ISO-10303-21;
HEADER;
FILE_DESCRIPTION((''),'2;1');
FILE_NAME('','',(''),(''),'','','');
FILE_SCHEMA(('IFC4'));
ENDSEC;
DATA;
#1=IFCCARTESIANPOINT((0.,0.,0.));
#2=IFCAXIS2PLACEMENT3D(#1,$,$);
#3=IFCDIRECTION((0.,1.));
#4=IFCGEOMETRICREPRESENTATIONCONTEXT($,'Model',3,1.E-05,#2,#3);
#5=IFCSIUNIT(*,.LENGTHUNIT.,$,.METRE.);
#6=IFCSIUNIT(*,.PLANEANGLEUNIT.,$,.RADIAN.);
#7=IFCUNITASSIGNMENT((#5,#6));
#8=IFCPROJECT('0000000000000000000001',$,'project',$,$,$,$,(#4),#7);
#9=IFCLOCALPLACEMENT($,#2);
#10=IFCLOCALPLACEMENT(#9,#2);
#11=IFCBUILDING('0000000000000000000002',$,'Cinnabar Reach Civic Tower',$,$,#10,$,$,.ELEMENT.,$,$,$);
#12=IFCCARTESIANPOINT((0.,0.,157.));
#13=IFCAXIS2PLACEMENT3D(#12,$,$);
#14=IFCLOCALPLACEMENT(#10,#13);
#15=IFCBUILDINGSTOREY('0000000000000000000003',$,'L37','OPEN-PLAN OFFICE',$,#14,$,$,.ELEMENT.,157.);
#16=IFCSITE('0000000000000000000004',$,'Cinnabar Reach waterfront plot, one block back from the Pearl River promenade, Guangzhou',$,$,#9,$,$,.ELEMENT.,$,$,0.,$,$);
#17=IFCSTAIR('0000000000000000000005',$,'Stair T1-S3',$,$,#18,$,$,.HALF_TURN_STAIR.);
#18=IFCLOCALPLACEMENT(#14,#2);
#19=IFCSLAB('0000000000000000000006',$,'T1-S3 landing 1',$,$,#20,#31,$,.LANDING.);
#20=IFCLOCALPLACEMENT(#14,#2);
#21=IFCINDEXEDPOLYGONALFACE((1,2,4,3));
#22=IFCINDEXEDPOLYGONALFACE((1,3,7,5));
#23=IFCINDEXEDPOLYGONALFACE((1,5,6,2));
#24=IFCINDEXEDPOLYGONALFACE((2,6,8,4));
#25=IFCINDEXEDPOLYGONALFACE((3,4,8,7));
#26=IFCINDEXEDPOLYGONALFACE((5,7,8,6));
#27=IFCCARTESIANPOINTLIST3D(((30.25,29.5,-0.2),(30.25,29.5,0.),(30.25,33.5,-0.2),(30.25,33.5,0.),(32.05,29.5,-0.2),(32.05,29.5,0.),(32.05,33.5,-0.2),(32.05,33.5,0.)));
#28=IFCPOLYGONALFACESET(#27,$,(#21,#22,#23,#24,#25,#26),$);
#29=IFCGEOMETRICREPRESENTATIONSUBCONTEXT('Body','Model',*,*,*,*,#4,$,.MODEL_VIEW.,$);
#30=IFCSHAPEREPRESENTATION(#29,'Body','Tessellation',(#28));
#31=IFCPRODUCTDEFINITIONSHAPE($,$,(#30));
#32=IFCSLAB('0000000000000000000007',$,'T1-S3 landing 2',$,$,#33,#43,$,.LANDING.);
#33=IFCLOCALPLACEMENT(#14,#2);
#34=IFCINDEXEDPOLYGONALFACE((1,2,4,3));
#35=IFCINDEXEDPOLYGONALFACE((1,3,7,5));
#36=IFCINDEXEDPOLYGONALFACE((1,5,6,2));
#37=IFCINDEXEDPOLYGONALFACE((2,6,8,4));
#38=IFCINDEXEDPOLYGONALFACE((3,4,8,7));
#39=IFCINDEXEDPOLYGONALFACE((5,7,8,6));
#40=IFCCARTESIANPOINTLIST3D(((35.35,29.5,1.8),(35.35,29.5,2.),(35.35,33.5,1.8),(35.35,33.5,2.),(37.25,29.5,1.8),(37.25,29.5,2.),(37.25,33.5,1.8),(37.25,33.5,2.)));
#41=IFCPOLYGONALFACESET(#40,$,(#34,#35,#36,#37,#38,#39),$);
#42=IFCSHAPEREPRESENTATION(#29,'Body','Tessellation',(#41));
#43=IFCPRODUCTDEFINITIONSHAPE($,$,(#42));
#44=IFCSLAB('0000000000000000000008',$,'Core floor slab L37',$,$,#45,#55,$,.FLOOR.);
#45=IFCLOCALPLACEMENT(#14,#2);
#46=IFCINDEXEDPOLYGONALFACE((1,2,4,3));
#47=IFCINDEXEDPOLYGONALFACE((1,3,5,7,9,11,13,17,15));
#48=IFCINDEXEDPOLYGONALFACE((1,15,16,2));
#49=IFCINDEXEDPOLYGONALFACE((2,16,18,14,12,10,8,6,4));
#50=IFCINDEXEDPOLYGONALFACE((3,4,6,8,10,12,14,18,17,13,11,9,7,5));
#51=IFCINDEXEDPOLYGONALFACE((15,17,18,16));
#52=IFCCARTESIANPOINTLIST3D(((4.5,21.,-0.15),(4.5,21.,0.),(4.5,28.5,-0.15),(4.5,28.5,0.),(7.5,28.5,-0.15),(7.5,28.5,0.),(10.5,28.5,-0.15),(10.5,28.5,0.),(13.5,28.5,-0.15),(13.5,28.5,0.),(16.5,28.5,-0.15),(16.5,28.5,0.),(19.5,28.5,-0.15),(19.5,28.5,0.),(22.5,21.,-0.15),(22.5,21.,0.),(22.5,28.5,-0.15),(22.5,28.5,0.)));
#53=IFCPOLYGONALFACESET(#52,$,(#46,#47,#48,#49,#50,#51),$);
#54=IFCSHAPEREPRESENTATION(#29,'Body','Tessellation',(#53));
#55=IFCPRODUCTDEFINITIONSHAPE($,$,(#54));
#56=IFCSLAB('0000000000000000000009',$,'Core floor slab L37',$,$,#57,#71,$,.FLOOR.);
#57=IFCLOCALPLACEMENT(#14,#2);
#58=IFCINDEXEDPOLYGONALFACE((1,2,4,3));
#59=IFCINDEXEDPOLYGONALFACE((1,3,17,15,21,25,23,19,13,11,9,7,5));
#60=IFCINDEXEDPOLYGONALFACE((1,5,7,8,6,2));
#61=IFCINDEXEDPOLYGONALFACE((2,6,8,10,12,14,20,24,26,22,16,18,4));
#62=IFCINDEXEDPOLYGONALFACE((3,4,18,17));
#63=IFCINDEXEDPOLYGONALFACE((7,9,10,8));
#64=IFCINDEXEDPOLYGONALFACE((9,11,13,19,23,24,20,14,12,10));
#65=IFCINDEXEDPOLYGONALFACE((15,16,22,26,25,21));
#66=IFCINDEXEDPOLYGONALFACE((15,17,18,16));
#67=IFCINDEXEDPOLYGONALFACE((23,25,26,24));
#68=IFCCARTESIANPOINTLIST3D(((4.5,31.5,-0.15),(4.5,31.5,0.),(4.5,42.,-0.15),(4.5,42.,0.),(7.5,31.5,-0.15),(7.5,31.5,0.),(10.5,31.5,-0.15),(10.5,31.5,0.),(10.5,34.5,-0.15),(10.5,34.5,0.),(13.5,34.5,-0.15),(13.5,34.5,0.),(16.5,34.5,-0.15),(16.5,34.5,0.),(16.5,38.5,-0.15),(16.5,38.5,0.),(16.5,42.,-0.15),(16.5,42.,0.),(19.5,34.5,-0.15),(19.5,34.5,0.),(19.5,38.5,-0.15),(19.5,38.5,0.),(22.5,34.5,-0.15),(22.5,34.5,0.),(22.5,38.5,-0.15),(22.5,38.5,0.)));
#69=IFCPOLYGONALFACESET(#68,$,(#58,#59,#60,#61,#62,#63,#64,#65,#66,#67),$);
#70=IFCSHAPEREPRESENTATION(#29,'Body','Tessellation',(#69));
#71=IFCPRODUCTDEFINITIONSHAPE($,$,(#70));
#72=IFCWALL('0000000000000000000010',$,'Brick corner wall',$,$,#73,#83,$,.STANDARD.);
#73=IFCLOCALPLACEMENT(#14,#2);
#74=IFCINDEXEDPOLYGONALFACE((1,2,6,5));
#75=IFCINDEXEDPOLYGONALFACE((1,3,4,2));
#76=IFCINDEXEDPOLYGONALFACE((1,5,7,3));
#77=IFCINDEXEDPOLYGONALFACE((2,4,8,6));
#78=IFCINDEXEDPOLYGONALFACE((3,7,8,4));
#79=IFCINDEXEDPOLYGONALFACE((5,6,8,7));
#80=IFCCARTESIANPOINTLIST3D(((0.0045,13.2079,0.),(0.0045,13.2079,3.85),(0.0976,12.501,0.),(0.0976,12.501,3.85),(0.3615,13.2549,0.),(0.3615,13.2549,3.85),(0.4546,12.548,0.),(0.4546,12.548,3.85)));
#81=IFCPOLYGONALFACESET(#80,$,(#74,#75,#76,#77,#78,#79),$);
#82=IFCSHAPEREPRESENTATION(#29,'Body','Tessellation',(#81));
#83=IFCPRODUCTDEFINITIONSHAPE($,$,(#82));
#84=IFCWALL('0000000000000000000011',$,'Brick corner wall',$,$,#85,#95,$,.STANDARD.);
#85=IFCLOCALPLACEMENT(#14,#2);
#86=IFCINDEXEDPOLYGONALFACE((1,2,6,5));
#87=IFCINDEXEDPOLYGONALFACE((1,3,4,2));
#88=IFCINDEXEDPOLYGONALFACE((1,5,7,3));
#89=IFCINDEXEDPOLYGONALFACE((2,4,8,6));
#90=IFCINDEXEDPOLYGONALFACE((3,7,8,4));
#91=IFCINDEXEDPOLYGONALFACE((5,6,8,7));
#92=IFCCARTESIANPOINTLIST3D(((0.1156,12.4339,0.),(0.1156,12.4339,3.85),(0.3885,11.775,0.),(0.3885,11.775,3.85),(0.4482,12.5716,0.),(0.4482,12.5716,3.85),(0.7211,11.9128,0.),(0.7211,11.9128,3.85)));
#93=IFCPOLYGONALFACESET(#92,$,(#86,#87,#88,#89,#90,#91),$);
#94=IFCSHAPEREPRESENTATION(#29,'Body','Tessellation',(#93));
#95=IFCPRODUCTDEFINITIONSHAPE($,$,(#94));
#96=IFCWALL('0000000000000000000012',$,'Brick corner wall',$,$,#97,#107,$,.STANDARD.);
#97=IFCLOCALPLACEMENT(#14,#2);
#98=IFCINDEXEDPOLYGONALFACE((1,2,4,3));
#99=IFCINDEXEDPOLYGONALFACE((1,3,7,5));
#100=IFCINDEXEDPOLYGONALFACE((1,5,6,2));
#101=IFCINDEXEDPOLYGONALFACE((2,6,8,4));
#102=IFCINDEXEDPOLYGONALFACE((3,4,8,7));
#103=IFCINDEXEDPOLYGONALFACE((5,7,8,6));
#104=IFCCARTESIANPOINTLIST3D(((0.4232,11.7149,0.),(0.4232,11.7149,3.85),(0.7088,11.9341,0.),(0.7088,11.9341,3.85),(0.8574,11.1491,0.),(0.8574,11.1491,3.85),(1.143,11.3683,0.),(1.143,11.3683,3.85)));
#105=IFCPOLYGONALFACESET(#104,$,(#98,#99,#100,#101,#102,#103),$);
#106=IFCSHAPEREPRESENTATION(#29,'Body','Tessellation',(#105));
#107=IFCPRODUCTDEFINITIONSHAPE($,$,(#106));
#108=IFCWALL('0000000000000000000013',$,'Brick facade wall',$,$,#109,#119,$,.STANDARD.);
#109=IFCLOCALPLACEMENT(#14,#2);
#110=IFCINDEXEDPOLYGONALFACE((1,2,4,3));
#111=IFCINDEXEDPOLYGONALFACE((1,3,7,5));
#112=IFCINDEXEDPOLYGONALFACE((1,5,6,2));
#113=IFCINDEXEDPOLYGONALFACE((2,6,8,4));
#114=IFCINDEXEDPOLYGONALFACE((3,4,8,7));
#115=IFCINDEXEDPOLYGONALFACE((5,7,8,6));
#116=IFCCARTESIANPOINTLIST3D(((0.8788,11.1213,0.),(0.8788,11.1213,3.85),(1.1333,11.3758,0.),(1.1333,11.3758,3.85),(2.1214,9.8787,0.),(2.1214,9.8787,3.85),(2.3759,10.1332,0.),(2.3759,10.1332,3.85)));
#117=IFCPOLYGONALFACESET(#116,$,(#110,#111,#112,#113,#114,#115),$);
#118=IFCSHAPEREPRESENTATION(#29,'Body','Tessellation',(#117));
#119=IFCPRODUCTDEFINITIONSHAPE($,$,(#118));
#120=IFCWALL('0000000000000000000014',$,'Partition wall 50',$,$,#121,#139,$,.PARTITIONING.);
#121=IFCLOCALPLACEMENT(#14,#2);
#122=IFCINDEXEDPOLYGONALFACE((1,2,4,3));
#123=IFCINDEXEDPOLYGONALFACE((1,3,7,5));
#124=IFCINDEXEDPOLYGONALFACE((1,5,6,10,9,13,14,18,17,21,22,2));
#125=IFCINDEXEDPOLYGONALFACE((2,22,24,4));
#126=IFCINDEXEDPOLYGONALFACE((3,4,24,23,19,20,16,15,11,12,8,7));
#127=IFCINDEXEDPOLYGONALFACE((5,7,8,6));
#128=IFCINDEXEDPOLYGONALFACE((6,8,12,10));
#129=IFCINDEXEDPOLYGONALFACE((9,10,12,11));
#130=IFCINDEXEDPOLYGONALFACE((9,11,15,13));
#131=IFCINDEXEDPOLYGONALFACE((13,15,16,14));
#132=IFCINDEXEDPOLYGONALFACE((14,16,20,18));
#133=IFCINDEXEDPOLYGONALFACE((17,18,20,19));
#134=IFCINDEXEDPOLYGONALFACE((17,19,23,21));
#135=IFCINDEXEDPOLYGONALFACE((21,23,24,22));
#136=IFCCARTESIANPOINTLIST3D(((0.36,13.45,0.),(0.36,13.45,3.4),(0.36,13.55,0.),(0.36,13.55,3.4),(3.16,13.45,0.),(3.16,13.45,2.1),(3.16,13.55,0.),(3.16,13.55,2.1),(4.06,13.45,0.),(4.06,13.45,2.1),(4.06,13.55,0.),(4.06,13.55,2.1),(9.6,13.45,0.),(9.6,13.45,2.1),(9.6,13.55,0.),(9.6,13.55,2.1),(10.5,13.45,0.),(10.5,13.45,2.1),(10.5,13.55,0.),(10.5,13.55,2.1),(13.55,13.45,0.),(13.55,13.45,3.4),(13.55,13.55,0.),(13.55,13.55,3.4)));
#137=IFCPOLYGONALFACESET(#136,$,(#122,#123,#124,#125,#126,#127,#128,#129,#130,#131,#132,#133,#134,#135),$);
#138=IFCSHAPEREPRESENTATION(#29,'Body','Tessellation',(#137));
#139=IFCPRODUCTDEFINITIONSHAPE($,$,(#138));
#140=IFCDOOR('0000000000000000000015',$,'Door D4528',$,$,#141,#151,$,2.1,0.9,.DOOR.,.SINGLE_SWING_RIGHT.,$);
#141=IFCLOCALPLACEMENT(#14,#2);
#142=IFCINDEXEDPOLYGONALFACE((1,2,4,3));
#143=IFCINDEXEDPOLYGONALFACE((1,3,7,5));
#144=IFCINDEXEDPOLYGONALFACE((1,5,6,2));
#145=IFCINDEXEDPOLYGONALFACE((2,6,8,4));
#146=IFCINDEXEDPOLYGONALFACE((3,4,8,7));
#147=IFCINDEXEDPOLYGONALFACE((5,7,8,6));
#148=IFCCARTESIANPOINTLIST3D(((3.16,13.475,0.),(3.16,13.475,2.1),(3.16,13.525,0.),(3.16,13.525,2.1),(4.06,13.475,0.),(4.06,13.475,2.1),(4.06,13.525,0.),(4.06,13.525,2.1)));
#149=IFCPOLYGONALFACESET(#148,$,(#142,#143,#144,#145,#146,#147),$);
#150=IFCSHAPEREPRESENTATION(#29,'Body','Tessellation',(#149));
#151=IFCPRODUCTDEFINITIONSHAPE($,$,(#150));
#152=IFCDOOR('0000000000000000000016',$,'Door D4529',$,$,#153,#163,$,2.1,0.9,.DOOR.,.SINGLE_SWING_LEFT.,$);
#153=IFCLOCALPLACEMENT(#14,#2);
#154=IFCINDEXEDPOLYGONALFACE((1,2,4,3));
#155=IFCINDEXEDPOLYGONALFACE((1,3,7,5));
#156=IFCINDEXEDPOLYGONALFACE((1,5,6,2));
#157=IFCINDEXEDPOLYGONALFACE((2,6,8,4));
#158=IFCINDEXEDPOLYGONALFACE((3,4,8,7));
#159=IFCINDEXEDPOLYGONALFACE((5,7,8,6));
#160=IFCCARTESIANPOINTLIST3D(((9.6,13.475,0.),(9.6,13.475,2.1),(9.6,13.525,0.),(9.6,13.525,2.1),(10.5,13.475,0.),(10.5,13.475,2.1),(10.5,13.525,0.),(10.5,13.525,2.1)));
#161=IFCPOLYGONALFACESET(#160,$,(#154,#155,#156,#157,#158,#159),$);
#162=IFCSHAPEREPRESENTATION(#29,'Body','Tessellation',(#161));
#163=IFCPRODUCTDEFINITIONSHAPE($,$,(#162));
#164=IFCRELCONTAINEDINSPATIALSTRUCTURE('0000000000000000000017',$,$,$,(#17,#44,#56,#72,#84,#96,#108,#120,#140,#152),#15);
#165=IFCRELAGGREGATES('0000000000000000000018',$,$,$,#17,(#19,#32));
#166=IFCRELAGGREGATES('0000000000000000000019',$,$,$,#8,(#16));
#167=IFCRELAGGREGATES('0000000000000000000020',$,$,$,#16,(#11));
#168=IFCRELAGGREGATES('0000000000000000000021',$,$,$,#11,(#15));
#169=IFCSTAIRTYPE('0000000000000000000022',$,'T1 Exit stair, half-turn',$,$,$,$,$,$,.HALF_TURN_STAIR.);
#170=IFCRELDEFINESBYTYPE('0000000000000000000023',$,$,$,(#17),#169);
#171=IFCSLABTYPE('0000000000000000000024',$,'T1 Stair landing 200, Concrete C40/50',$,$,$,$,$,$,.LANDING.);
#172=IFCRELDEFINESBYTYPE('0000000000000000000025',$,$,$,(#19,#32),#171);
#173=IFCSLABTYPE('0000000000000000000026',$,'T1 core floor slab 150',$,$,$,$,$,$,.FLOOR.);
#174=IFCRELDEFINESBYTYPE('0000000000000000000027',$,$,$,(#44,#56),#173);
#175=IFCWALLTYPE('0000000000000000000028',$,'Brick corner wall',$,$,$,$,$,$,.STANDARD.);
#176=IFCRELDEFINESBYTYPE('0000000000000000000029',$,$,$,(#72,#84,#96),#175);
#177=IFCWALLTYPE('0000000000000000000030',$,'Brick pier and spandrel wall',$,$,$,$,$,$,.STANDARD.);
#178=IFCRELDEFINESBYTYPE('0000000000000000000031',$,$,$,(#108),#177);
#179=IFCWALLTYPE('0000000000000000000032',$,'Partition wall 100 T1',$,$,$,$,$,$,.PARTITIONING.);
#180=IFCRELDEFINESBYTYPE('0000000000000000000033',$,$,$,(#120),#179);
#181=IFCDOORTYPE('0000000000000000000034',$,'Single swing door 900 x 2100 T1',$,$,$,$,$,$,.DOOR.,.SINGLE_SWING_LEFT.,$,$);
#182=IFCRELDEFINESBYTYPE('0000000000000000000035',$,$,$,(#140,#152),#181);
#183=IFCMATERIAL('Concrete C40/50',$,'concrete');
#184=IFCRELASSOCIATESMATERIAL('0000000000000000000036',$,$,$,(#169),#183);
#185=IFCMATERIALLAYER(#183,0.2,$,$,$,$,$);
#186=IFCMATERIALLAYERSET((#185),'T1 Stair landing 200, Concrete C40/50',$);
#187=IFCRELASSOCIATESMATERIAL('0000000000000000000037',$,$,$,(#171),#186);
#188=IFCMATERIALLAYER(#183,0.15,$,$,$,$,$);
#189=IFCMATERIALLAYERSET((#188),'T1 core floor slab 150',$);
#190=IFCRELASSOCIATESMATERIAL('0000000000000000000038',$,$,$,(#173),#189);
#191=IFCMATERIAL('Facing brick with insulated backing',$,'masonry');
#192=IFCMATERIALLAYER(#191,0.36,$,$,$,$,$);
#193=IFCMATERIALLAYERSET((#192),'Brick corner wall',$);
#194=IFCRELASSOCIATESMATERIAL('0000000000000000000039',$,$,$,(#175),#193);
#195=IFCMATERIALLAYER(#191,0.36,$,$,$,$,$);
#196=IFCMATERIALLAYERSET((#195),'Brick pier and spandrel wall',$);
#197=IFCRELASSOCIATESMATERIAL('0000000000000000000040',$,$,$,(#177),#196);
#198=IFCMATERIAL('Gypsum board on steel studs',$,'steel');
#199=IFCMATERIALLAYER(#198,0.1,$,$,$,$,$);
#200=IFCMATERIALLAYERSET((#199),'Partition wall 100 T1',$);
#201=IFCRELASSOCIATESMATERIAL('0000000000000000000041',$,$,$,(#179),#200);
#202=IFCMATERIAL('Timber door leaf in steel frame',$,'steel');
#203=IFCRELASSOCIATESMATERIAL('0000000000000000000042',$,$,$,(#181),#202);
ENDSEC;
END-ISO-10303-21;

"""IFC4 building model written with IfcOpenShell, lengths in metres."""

from ifc_helpers import new_model, si_unit, direction, frame, frame_2d, origin, place, context, subcontext, project, spatial, polyline, rectangle, outline, extrude, material, layer, layer_set, type_object, element, fill, aggregate, save


model = new_model("IFC4")

# Units and contexts
model_context = context("Model", 3, precision=1e-05, world=origin(), true_north=direction((0.0, 1.0)))
body_context = subcontext(model_context, "Body", "Model", "MODEL_VIEW")
ifc_project = project(units=[si_unit("LENGTHUNIT", "METRE"), si_unit("PLANEANGLEUNIT", "RADIAN")], contexts=[model_context])

# Site, building, storey
site_placement = place(None, origin())
site = spatial("IfcSite", under=ifc_project, at=site_placement, Name="Cinnabar Reach waterfront plot, one block back from the Pearl River promenade, Guangzhou", CompositionType="ELEMENT", RefElevation=0.0)
building_placement = place(site_placement, origin())
building = spatial("IfcBuilding", under=site, at=building_placement, Name="Cinnabar Reach Civic Tower", CompositionType="ELEMENT")
storey_placement = place(building_placement, frame((0.0, 0.0, 157.0)))
storey = spatial("IfcBuildingStorey", under=building, at=storey_placement, Name="L37", Description="OPEN-PLAN OFFICE", CompositionType="ELEMENT", Elevation=157.0)

# Stair, slabs
ifc_material_1 = material(Name="Concrete C40/50", Category="concrete")
stair_type = type_object("IfcStairType", Name="T1 Exit stair, half-turn", PredefinedType="HALF_TURN_STAIR", material=ifc_material_1)
ifc_layer_1 = layer(ifc_material_1, 0.2)
ifc_layer_set_1 = layer_set([ifc_layer_1], Name="T1 Stair landing 200, Concrete C40/50")
slab_type_1 = type_object("IfcSlabType", Name="T1 Stair landing 200, Concrete C40/50", PredefinedType="LANDING", material=ifc_layer_set_1)
stair_1_placement = place(storey_placement, origin())
stair_1 = element("IfcStair", 1, at=stair_1_placement, inside=storey, type_object=stair_type, Name="Stair T1-S3", PredefinedType="HALF_TURN_STAIR")
slab_1_placement = place(storey_placement, frame((0.0, 0.0, -0.2)))
slab_1 = element("IfcSlab", 2, at=slab_1_placement, type_object=slab_type_1, Name="T1-S3 landing 1", PredefinedType="LANDING", context=body_context, shape_type="SweptSolid", body=[
    extrude(outline(polyline([(30.25, 29.5), (32.05, 29.5), (32.05, 33.5), (30.25, 33.5), (30.25, 29.5)])), origin(), (0.0, 0.0, 1.0), 0.2),
])
slab_2_placement = place(storey_placement, frame((0.0, 0.0, 1.8)))
slab_2 = element("IfcSlab", 3, at=slab_2_placement, type_object=slab_type_1, Name="T1-S3 landing 2", PredefinedType="LANDING", context=body_context, shape_type="SweptSolid", body=[
    extrude(outline(polyline([(35.35, 29.5), (37.25, 29.5), (37.25, 33.5), (35.35, 33.5), (35.35, 29.5)])), origin(), (0.0, 0.0, 1.0), 0.2),
])
aggregate(stair_1, [slab_1, slab_2])

# Slabs
ifc_layer_2 = layer(ifc_material_1, 0.15)
ifc_layer_set_2 = layer_set([ifc_layer_2], Name="T1 core floor slab 150")
slab_type_2 = type_object("IfcSlabType", Name="T1 core floor slab 150", PredefinedType="FLOOR", material=ifc_layer_set_2)
slab_3_placement = place(storey_placement, frame((0.0, 0.0, -0.15)))
element("IfcSlab", 4, at=slab_3_placement, inside=storey, type_object=slab_type_2, Name="Core floor slab L37", PredefinedType="FLOOR", context=body_context, shape_type="SweptSolid", body=[
    extrude(outline(polyline([(22.5, 21.0), (4.5, 21.0), (4.5, 28.5), (7.5, 28.5), (10.5, 28.5), (13.5, 28.5), (16.5, 28.5), (19.5, 28.5), (22.5, 28.5), (22.5, 21.0)])), origin(), (0.0, 0.0, 1.0), 0.15),
])
slab_4_placement = place(storey_placement, frame((0.0, 0.0, -0.15)))
element("IfcSlab", 5, at=slab_4_placement, inside=storey, type_object=slab_type_2, Name="Core floor slab L37", PredefinedType="FLOOR", context=body_context, shape_type="SweptSolid", body=[
    extrude(outline(polyline([(22.5, 34.5), (19.5, 34.5), (16.5, 34.5), (13.5, 34.5), (10.5, 34.5), (10.5, 31.5), (7.5, 31.5), (4.5, 31.5), (4.5, 42.0), (16.5, 42.0), (16.5, 38.5), (19.5, 38.5), (22.5, 38.5), (22.5, 34.5)])), origin(), (0.0, 0.0, 1.0), 0.15),
])

# Walls
ifc_material_2 = material(Name="Facing brick with insulated backing", Category="masonry")
ifc_layer_3 = layer(ifc_material_2, 0.36)
ifc_layer_set_3 = layer_set([ifc_layer_3], Name="Brick corner wall")
wall_type_1 = type_object("IfcWallType", Name="Brick corner wall", PredefinedType="STANDARD", material=ifc_layer_set_3)
for number, where, z_axis, x_axis, name in (
    (6, (0.183, 13.2314, 0.0), (0.0, 0.0, 1.0), (0.130556, -0.991441, 0.0), "Brick corner wall"),
    (7, (0.2819, 12.5027, 0.0), (0.0, 0.0, 1.0), (0.382703, -0.923872, 0.0), "Brick corner wall"),
):
    element("IfcWall", number, at=place(storey_placement, frame(where, z_axis=z_axis, x_axis=x_axis)), inside=storey, type_object=wall_type_1, Name=name, PredefinedType="STANDARD", context=body_context, shape_type="SweptSolid", body=[
        extrude(rectangle(XDim=0.7131, YDim=0.36, at=frame_2d((0.3565, 0.0))), origin(), (0.0, 0.0, 1.0), 3.85),
    ])
wall_1_placement = place(storey_placement, frame((0.566, 11.8245, 0.0), z_axis=(0.0, 0.0, 1.0), x_axis=(0.608802, -0.793322, 0.0)))
element("IfcWall", 8, at=wall_1_placement, inside=storey, type_object=wall_type_1, Name="Brick corner wall", PredefinedType="STANDARD", context=body_context, shape_type="SweptSolid", body=[
    extrude(rectangle(XDim=0.7132, YDim=0.36, at=frame_2d((0.3566, 0.0))), origin(), (0.0, 0.0, 1.0), 3.85),
])
ifc_layer_4 = layer(ifc_material_2, 0.36)
ifc_layer_set_4 = layer_set([ifc_layer_4], Name="Brick pier and spandrel wall")
wall_type_2 = type_object("IfcWallType", Name="Brick pier and spandrel wall", PredefinedType="STANDARD", material=ifc_layer_set_4)
wall_2_placement = place(storey_placement, frame((1.006, 11.2486, 0.0), z_axis=(0.0, 0.0, 1.0), x_axis=(0.707107, -0.707107, 0.0)))
element("IfcWall", 9, at=wall_2_placement, inside=storey, type_object=wall_type_2, Name="Brick facade wall", PredefinedType="STANDARD", context=body_context, shape_type="SweptSolid", body=[
    extrude(rectangle(XDim=1.7573, YDim=0.36, at=frame_2d((0.8787, 0.0))), origin(), (0.0, 0.0, 1.0), 3.85),
])

# Wall, openings, doors
ifc_material_3 = material(Name="Gypsum board on steel studs", Category="steel")
ifc_layer_5 = layer(ifc_material_3, 0.1)
ifc_layer_set_5 = layer_set([ifc_layer_5], Name="Partition wall 100 T1")
wall_type_3 = type_object("IfcWallType", Name="Partition wall 100 T1", PredefinedType="PARTITIONING", material=ifc_layer_set_5)
wall_3_placement = place(storey_placement, frame((0.36, 13.5, 0.0), z_axis=(0.0, 0.0, 1.0), x_axis=(1.0, 0.0, 0.0)))
wall_3 = element("IfcWall", 10, at=wall_3_placement, inside=storey, type_object=wall_type_3, Name="Partition wall 50", PredefinedType="PARTITIONING", context=body_context, shape_type="SweptSolid", body=[
    extrude(rectangle(XDim=13.19, YDim=0.1, at=frame_2d((6.595, 0.0))), origin(), (0.0, 0.0, 1.0), 3.4),
])
opening_1_placement = place(wall_3_placement, frame((2.8, 0.0, 0.0)))
opening_1 = element("IfcOpeningElement", 11, at=opening_1_placement, cuts=wall_3, PredefinedType="OPENING", context=body_context, shape_type="SweptSolid", body=[
    extrude(rectangle(XDim=0.9, YDim=2.1, at=frame_2d((0.45, 1.05))), frame((0.0, 0.06, 0.0), z_axis=(0.0, -1.0, 0.0), x_axis=(1.0, 0.0, 0.0)), (0.0, 0.0, 1.0), 0.12),
])
opening_2_placement = place(wall_3_placement, frame((9.24, 0.0, 0.0)))
opening_2 = element("IfcOpeningElement", 12, at=opening_2_placement, cuts=wall_3, PredefinedType="OPENING", context=body_context, shape_type="SweptSolid", body=[
    extrude(rectangle(XDim=0.9, YDim=2.1, at=frame_2d((0.45, 1.05))), frame((0.0, 0.06, 0.0), z_axis=(0.0, -1.0, 0.0), x_axis=(1.0, 0.0, 0.0)), (0.0, 0.0, 1.0), 0.12),
])
ifc_material_4 = material(Name="Timber door leaf in steel frame", Category="steel")
door_type = type_object("IfcDoorType", Name="Single swing door 900 x 2100 T1", OperationType="SINGLE_SWING_LEFT", PredefinedType="DOOR", material=ifc_material_4)
door_1_placement = place(opening_1_placement, frame((0.9, 0.0, 0.0), z_axis=(0.0, 0.0, 1.0), x_axis=(-1.0, 0.0, 0.0)))
door_1 = element("IfcDoor", 13, at=door_1_placement, inside=storey, type_object=door_type, Name="Door D4528", OperationType="SINGLE_SWING_RIGHT", OverallHeight=2.1, OverallWidth=0.9, PredefinedType="DOOR", context=body_context, shape_type="SweptSolid", body=[
    extrude(rectangle(XDim=0.9, YDim=2.1, at=frame_2d((0.45, 1.05))), frame((0.0, 0.025, 0.0), z_axis=(0.0, -1.0, 0.0), x_axis=(1.0, 0.0, 0.0)), (0.0, 0.0, 1.0), 0.05),
])
fill(opening_1, door_1)
door_2_placement = place(opening_2_placement, frame((0.9, 0.0, 0.0), z_axis=(0.0, 0.0, 1.0), x_axis=(-1.0, 0.0, 0.0)))
door_2 = element("IfcDoor", 14, at=door_2_placement, inside=storey, type_object=door_type, Name="Door D4529", OperationType="SINGLE_SWING_LEFT", OverallHeight=2.1, OverallWidth=0.9, PredefinedType="DOOR", context=body_context, shape_type="SweptSolid", body=[
    extrude(rectangle(XDim=0.9, YDim=2.1, at=frame_2d((0.45, 1.05))), frame((0.0, 0.025, 0.0), z_axis=(0.0, -1.0, 0.0), x_axis=(1.0, 0.0, 0.0)), (0.0, 0.0, 1.0), 0.05),
])
fill(opening_2, door_2)

save(model, "model.ifc")
